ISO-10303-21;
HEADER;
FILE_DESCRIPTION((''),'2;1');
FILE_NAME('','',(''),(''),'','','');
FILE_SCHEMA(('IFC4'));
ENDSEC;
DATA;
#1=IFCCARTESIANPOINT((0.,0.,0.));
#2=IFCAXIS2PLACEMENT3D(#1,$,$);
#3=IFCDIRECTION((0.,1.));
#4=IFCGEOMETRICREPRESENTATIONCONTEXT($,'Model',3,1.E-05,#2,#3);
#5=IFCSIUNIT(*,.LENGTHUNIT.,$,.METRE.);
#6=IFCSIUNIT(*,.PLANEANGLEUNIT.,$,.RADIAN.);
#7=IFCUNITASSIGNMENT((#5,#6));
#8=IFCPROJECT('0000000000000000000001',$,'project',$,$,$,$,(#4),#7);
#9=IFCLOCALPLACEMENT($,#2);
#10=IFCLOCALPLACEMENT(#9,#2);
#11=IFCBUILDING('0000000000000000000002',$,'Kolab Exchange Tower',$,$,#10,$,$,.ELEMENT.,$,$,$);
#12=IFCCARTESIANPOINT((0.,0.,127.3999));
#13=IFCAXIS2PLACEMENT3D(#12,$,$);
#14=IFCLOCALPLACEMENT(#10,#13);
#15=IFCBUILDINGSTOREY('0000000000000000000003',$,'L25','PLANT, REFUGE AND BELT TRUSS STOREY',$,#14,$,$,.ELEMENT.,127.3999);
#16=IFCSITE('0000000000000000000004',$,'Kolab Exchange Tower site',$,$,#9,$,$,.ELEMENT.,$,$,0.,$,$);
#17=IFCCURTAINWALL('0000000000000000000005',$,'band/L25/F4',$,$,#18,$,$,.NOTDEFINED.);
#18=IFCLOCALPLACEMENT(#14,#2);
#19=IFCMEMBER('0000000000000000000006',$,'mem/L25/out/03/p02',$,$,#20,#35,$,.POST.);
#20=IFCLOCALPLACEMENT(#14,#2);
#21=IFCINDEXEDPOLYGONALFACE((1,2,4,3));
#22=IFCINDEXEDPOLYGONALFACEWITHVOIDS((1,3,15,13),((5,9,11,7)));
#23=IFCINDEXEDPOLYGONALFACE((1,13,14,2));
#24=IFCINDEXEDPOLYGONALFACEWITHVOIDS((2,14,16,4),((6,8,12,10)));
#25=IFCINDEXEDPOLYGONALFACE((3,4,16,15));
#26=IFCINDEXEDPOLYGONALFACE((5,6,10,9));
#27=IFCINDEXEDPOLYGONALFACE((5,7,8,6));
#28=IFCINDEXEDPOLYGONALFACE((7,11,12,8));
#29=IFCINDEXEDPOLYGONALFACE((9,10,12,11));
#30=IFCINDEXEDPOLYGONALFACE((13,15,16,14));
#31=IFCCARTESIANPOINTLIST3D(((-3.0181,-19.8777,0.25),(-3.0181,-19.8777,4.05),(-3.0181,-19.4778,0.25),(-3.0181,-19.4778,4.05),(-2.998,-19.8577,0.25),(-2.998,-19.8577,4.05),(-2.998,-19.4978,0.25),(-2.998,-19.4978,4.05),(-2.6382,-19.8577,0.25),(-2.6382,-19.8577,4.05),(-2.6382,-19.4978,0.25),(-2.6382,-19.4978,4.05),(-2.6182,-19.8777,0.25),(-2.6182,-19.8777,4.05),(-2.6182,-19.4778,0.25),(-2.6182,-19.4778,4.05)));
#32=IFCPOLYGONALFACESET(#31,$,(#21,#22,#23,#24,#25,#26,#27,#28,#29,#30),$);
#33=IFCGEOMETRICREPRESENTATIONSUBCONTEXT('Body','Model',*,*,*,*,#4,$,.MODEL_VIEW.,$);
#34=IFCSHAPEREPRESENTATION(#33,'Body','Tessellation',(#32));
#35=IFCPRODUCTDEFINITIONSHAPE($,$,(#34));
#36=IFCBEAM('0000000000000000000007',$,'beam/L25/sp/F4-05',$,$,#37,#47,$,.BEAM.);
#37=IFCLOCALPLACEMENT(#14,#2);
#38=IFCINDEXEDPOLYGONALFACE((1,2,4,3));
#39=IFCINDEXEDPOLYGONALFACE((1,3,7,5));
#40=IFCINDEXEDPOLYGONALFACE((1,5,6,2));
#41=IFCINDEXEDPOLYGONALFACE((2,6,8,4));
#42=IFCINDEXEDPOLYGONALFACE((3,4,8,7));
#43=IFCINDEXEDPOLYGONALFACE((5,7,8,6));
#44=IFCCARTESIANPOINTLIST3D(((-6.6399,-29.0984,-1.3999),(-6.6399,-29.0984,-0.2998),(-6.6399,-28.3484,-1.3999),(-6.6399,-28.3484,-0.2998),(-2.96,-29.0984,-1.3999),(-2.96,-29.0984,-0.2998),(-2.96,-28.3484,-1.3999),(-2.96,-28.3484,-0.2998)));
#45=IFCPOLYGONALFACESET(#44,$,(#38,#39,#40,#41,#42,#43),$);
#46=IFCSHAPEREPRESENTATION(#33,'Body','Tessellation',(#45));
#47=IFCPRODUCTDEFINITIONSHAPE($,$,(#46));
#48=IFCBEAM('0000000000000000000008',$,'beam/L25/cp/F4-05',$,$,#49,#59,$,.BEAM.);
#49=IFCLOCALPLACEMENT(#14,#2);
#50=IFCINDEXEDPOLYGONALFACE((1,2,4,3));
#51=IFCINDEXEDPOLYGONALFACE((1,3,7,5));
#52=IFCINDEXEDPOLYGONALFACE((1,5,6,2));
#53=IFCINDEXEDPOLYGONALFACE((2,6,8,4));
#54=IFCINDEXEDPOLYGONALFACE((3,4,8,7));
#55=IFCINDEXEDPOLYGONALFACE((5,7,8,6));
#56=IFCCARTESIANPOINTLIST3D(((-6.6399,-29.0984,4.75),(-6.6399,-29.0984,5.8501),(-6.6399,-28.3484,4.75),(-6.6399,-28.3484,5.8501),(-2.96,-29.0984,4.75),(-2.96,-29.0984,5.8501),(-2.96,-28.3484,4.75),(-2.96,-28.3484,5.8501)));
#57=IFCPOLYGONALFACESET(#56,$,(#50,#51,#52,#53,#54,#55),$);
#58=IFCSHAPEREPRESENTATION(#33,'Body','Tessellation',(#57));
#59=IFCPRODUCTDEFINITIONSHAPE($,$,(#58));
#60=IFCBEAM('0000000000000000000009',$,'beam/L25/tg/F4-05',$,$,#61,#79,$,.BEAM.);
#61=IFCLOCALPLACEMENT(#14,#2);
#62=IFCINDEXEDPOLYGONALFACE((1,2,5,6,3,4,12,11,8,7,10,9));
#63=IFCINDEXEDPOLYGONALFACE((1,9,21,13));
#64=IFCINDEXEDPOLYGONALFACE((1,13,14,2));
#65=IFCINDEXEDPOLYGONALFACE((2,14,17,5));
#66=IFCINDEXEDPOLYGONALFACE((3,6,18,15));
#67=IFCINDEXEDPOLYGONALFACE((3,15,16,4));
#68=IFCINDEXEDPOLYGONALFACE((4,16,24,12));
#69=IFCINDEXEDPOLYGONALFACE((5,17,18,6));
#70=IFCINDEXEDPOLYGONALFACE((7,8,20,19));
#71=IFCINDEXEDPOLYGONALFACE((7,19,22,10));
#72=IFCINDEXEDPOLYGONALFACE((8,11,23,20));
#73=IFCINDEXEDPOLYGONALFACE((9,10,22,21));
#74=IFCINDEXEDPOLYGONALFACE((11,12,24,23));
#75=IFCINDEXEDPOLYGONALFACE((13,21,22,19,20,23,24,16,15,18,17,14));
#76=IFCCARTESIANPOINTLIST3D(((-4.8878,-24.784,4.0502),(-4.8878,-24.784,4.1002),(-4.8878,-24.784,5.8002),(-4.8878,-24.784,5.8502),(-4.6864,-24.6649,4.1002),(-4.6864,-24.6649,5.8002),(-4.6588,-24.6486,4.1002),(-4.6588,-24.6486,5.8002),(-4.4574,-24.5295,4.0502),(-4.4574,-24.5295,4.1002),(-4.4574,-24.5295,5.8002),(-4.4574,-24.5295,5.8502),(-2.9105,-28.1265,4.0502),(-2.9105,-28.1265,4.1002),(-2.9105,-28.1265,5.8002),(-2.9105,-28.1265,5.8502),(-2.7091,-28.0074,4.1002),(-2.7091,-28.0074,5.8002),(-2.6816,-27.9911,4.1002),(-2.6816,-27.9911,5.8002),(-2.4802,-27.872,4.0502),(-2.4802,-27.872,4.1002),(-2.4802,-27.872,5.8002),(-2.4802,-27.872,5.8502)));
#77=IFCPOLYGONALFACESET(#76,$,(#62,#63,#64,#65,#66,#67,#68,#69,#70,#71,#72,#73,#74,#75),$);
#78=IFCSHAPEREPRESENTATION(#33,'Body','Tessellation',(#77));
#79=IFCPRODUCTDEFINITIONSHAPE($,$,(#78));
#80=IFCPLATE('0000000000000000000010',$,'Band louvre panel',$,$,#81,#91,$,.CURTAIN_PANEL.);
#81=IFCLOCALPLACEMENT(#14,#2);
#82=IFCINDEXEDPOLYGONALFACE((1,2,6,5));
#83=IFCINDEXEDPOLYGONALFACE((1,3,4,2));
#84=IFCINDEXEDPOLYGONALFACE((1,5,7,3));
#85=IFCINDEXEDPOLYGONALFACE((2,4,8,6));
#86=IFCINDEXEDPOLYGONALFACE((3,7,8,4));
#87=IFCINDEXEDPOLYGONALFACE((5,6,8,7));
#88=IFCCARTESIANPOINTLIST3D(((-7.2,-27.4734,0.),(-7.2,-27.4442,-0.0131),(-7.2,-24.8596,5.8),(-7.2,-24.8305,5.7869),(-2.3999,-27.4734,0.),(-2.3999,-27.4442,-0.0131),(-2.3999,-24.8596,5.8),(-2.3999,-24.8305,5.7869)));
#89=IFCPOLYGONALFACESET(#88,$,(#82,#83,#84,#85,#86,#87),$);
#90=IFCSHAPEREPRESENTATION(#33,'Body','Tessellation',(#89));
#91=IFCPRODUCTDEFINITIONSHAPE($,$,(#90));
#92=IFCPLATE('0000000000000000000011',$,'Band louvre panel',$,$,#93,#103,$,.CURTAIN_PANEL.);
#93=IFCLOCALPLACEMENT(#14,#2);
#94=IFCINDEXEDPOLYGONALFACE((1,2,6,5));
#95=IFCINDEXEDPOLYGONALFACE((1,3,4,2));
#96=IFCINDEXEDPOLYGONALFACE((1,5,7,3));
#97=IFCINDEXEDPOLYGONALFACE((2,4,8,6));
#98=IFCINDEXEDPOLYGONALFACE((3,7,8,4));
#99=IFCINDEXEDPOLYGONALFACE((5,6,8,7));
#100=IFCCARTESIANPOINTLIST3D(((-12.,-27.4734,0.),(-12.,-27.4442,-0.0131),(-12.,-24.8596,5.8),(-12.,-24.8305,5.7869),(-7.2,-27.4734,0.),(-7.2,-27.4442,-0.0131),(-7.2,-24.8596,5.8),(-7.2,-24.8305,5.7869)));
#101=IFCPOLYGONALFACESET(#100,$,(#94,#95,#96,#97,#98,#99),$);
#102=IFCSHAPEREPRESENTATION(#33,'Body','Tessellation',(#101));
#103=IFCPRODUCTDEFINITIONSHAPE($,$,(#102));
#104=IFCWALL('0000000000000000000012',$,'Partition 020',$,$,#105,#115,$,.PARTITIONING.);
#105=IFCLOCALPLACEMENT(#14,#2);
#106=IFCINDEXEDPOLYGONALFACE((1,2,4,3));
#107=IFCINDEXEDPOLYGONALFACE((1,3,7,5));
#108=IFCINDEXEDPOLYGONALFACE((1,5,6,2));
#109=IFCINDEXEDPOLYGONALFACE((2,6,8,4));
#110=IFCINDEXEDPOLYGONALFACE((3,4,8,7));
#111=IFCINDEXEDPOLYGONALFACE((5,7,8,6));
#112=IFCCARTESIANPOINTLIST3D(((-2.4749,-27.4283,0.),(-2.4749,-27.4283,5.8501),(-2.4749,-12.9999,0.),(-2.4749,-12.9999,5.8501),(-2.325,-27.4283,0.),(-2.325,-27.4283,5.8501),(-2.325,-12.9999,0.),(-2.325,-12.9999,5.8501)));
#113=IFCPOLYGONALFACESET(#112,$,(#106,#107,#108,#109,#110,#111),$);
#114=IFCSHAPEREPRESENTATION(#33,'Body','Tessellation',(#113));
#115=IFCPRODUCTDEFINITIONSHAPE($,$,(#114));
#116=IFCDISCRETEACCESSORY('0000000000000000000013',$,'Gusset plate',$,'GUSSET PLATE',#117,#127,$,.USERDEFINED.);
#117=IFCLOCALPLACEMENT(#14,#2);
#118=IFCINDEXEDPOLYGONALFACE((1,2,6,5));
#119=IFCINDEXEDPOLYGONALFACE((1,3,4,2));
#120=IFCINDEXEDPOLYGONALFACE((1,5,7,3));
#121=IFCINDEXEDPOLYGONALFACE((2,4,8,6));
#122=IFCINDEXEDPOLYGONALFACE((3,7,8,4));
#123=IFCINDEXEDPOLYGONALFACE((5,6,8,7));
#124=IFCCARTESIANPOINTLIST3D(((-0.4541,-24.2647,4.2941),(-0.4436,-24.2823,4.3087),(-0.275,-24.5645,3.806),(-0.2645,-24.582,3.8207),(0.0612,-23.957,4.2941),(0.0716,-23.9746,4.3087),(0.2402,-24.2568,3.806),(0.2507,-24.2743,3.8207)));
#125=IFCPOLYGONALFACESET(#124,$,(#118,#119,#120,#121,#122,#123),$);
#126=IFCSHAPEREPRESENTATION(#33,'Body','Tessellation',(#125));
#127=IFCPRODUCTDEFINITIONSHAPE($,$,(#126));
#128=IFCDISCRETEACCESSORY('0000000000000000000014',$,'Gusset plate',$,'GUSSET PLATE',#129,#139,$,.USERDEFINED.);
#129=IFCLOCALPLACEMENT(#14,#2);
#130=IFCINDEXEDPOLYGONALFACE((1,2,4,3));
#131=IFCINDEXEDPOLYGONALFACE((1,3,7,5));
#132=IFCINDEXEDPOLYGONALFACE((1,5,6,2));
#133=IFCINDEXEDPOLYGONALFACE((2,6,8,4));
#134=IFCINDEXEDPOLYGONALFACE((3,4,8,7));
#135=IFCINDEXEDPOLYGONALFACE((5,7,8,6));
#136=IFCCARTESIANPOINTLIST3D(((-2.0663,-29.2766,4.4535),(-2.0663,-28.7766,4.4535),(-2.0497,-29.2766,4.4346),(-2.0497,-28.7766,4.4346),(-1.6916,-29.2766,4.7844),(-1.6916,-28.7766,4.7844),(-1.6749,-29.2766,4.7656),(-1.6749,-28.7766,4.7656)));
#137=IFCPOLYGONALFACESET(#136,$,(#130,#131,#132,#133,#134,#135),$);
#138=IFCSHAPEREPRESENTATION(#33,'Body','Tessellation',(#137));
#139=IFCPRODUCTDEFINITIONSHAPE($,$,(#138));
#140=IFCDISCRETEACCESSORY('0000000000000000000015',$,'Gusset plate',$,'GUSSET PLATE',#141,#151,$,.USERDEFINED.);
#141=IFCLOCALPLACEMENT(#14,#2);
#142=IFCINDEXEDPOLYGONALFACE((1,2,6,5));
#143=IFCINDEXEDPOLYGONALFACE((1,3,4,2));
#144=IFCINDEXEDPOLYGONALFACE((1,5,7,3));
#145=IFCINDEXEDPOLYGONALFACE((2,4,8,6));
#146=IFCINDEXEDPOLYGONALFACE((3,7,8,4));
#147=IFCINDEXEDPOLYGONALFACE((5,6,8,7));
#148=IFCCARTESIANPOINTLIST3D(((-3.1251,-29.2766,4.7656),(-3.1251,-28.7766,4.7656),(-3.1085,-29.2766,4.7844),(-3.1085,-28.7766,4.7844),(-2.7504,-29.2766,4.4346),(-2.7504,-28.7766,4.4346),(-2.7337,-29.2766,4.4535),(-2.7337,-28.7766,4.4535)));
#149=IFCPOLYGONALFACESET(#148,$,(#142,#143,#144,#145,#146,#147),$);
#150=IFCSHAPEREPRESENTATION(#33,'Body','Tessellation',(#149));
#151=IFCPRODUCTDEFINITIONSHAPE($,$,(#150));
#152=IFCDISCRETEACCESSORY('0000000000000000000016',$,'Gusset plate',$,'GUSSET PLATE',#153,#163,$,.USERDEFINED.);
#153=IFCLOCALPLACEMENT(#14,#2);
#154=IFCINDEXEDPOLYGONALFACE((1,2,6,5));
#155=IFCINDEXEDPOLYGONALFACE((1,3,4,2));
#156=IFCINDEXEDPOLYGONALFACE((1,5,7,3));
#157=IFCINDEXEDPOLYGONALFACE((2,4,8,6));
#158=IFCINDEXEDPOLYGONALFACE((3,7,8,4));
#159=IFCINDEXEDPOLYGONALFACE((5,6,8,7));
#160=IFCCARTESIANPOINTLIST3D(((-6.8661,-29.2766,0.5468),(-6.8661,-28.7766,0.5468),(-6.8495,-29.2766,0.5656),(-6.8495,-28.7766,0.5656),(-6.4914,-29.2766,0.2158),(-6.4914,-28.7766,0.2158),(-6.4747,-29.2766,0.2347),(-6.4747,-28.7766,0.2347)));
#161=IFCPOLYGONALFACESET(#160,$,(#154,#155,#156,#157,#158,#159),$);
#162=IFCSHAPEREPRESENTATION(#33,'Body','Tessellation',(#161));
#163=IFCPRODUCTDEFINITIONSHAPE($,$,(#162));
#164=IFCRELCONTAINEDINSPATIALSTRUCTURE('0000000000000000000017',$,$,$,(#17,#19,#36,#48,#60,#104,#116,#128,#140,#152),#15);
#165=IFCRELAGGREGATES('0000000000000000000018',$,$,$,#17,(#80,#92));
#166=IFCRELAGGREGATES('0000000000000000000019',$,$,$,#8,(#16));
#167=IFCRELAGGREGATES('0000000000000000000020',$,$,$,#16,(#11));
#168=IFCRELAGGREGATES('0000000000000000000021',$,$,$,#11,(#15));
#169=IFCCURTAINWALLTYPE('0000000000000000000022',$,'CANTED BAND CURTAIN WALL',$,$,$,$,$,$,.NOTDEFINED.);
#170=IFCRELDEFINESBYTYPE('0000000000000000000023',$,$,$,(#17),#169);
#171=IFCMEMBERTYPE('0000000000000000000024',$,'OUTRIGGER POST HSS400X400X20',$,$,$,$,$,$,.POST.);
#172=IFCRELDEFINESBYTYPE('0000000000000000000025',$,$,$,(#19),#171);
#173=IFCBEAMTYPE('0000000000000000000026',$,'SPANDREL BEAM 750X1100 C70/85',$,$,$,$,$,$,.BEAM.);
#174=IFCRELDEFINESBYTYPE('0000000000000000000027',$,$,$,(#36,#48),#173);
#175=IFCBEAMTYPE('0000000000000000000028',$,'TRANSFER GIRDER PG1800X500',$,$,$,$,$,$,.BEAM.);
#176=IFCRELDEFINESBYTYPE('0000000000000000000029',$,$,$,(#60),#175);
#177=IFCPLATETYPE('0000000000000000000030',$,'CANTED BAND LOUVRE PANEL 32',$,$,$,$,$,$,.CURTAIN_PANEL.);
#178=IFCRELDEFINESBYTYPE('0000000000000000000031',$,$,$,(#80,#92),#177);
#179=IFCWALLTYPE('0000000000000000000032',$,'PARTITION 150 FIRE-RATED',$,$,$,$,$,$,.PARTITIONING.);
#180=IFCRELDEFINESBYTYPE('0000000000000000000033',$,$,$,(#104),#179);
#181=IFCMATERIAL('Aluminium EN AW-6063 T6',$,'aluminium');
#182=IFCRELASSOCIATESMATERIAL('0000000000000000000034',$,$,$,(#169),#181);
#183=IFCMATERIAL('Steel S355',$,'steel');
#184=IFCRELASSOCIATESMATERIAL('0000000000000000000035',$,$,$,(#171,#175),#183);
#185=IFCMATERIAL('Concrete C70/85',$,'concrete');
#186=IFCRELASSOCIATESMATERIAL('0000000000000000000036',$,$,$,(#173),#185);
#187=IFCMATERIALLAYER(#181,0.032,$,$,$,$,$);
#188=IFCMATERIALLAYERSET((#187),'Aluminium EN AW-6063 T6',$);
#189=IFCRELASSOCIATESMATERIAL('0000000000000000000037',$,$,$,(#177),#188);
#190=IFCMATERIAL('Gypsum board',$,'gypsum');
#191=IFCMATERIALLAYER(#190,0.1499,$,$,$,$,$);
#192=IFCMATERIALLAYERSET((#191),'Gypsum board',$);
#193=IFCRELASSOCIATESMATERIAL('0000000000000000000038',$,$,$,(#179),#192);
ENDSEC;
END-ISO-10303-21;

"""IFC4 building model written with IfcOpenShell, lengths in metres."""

from ifc_helpers import new_model, si_unit, direction, frame, frame_2d, origin, origin_2d, place, context, subcontext, project, spatial, polyline, rectangle, hollow_rectangle, i_section, outline, extrude, material, layer, layer_set, material_profile, profile_set, type_object, element, aggregate, save


model = new_model("IFC4")

# Units and contexts
model_context = context("Model", 3, precision=1e-05, world=origin(), true_north=direction((0.0, 1.0)))
body_context = subcontext(model_context, "Body", "Model", "MODEL_VIEW")
ifc_project = project(units=[si_unit("LENGTHUNIT", "METRE"), si_unit("PLANEANGLEUNIT", "RADIAN")], contexts=[model_context])

# Site, building, storey
site_placement = place(None, origin())
site = spatial("IfcSite", under=ifc_project, at=site_placement, Name="Kolab Exchange Tower site", CompositionType="ELEMENT", RefElevation=0.0)
building_placement = place(site_placement, origin())
building = spatial("IfcBuilding", under=site, at=building_placement, Name="Kolab Exchange Tower", CompositionType="ELEMENT")
storey_placement = place(building_placement, frame((0.0, 0.0, 127.3999)))
storey = spatial("IfcBuildingStorey", under=building, at=storey_placement, Name="L25", Description="PLANT, REFUGE AND BELT TRUSS STOREY", CompositionType="ELEMENT", Elevation=127.3999)

# Shared definitions
ifc_material_1 = material(Name="Concrete C70/85", Category="concrete")

# Shared definitions
ifc_material_2 = material(Name="Steel S355", Category="steel")

# Curtain wall
ifc_material_3 = material(Name="Aluminium EN AW-6063 T6", Category="aluminium")
curtain_wall_type = type_object("IfcCurtainWallType", Name="CANTED BAND CURTAIN WALL", PredefinedType="NOTDEFINED", material=ifc_material_3)
curtain_wall_placement = place(storey_placement, origin())
curtain_wall = element("IfcCurtainWall", 1, at=curtain_wall_placement, inside=storey, type_object=curtain_wall_type, Name="band/L25/F4", PredefinedType="NOTDEFINED")

# Member
ifc_material_profile_1 = material_profile(ifc_material_2, hollow_rectangle(XDim=0.3999, YDim=0.3999, WallThickness=0.02, at=origin_2d()), Name="HSS400X400X20")
ifc_profile_set_1 = profile_set([ifc_material_profile_1], Name="Steel S355")
member_type_1 = type_object("IfcMemberType", Name="OUTRIGGER POST HSS400X400X20", PredefinedType="POST", material=ifc_profile_set_1)
member_1_placement = place(storey_placement, frame((-2.8181, -19.6777, 0.25), z_axis=(0.0, 0.0, 1.0), x_axis=(1.0, 0.0, 0.0)))
element("IfcMember", 2, at=member_1_placement, inside=storey, type_object=member_type_1, Name="mem/L25/out/03/p02", PredefinedType="POST", context=body_context, shape_type="SweptSolid", body=[
    extrude(hollow_rectangle(XDim=0.3999, YDim=0.3999, WallThickness=0.02, at=origin_2d()), origin(), (0.0, 0.0, 1.0), 3.8),
])

# Beams
ifc_material_profile_2 = material_profile(ifc_material_1, rectangle(XDim=0.75, YDim=1.1001, at=origin_2d()), Name="RC750X1100")
ifc_profile_set_2 = profile_set([ifc_material_profile_2], Name="Concrete C70/85")
beam_type_1 = type_object("IfcBeamType", Name="SPANDREL BEAM 750X1100 C70/85", PredefinedType="BEAM", material=ifc_profile_set_2)
for number, where, z_axis, x_axis, name in (
    (3, (-2.96, -28.7234, -0.8499), (-1.0, 0.0, 0.0), (0.0, -1.0, 0.0), "beam/L25/sp/F4-05"),
    (4, (-2.96, -28.7234, 5.3), (-1.0, 0.0, 0.0), (0.0, -1.0, 0.0), "beam/L25/cp/F4-05"),
):
    element("IfcBeam", number, at=place(storey_placement, frame(where, z_axis=z_axis, x_axis=x_axis)), inside=storey, type_object=beam_type_1, Name=name, PredefinedType="BEAM", context=body_context, shape_type="SweptSolid", body=[
        extrude(rectangle(XDim=0.75, YDim=1.1001, at=origin_2d()), origin(), (0.0, 0.0, 1.0), 3.6799),
    ])
ifc_material_profile_3 = material_profile(ifc_material_2, i_section(OverallWidth=0.5, OverallDepth=1.8, WebThickness=0.032, FlangeThickness=0.05, at=origin_2d()), Name="PG1800X500")
ifc_profile_set_3 = profile_set([ifc_material_profile_3], Name="Steel S355")
beam_type_2 = type_object("IfcBeamType", Name="TRANSFER GIRDER PG1800X500", PredefinedType="BEAM", material=ifc_profile_set_3)
beam_1_placement = place(storey_placement, frame((-4.6726, -24.6567, 4.9502), z_axis=(0.509142, -0.860682, 0.0), x_axis=(0.860682, 0.509142, 0.0)))
element("IfcBeam", 5, at=beam_1_placement, inside=storey, type_object=beam_type_2, Name="beam/L25/tg/F4-05", PredefinedType="BEAM", context=body_context, shape_type="SweptSolid", body=[
    extrude(i_section(OverallWidth=0.5, OverallDepth=1.8, WebThickness=0.032, FlangeThickness=0.05, at=origin_2d()), origin(), (0.0, 0.0, 1.0), 3.8835),
])

# Plates
ifc_layer_1 = layer(ifc_material_3, 0.032)
ifc_layer_set_1 = layer_set([ifc_layer_1], Name="Aluminium EN AW-6063 T6")
plate_type = type_object("IfcPlateType", Name="CANTED BAND LOUVRE PANEL 32", PredefinedType="CURTAIN_PANEL", material=ifc_layer_set_1)
plate_1_placement = place(storey_placement, frame((-2.3999, -27.4734, 0.0), z_axis=(0.0, -0.911701, 0.410854), x_axis=(-1.0, 0.0, 0.0)))
plate_1 = element("IfcPlate", 6, at=plate_1_placement, type_object=plate_type, Name="Band louvre panel", PredefinedType="CURTAIN_PANEL", context=body_context, shape_type="SweptSolid", body=[
    extrude(outline(polyline([(0.0, 0.0), (4.8, 0.0), (4.8, -6.3618), (0.0, -6.3618), (0.0, 0.0)])), origin(), (0.0, 0.0, -1.0), 0.032),
])
plate_2_placement = place(storey_placement, frame((-7.2, -27.4734, 0.0), z_axis=(0.0, -0.911701, 0.410854), x_axis=(-1.0, 0.0, 0.0)))
plate_2 = element("IfcPlate", 7, at=plate_2_placement, type_object=plate_type, Name="Band louvre panel", PredefinedType="CURTAIN_PANEL", context=body_context, shape_type="SweptSolid", body=[
    extrude(outline(polyline([(0.0, 0.0), (4.8, 0.0), (4.8, -6.3618), (0.0, -6.3618), (0.0, 0.0)])), origin(), (0.0, 0.0, -1.0), 0.032),
])
aggregate(curtain_wall, [plate_1, plate_2])

# Wall
ifc_material_4 = material(Name="Gypsum board", Category="gypsum")
ifc_layer_2 = layer(ifc_material_4, 0.1499)
ifc_layer_set_2 = layer_set([ifc_layer_2], Name="Gypsum board")
wall_type = type_object("IfcWallType", Name="PARTITION 150 FIRE-RATED", PredefinedType="PARTITIONING", material=ifc_layer_set_2)
wall_placement = place(storey_placement, frame((-2.3999, -27.4285, 0.0), z_axis=(0.0, 0.0, 1.0), x_axis=(0.0, 1.0, 0.0)))
element("IfcWall", 8, at=wall_placement, inside=storey, type_object=wall_type, Name="Partition 020", PredefinedType="PARTITIONING", context=body_context, shape_type="SweptSolid", body=[
    extrude(rectangle(XDim=14.4285, YDim=0.1499, at=frame_2d((7.2144, 0.0))), origin(), (0.0, 0.0, 1.0), 5.8501),
])

# Discrete accessories
discrete_accessory_placement = place(storey_placement, frame((-0.1069, -24.2607, 4.05), z_axis=(0.417004, -0.69824, 0.581866), x_axis=(0.858543, 0.512741, 0.0)))
element("IfcDiscreteAccessory", 9, at=discrete_accessory_placement, inside=storey, Name="Gusset plate", ObjectType="GUSSET PLATE", PredefinedType="USERDEFINED", context=body_context, shape_type="SweptSolid", body=[
    extrude(rectangle(XDim=0.6001, YDim=0.6001, at=origin_2d()), origin(), (0.0, 0.0, 1.0), 0.0251),
])
for number, where, z_axis, x_axis, name in (
    (10, (-1.8623, -29.0266, 4.6001), (-0.661944, 0.0, 0.749554), (0.0, -1.0, 0.0), "Gusset plate"),
    (11, (-2.9377, -29.0266, 4.6001), (0.661944, 0.0, 0.749554), (0.0, 1.0, 0.0), "Gusset plate"),
    (12, (-6.6621, -29.0266, 0.4001), (-0.661944, 0.0, -0.749554), (0.0, -1.0, 0.0), "Gusset plate"),
):
    element("IfcDiscreteAccessory", number, at=place(storey_placement, frame(where, z_axis=z_axis, x_axis=x_axis)), inside=storey, Name=name, ObjectType="GUSSET PLATE", PredefinedType="USERDEFINED", context=body_context, shape_type="SweptSolid", body=[
        extrude(rectangle(XDim=0.5, YDim=0.5, at=origin_2d()), origin(), (0.0, 0.0, 1.0), 0.0251),
    ])

save(model, "model.ifc")
